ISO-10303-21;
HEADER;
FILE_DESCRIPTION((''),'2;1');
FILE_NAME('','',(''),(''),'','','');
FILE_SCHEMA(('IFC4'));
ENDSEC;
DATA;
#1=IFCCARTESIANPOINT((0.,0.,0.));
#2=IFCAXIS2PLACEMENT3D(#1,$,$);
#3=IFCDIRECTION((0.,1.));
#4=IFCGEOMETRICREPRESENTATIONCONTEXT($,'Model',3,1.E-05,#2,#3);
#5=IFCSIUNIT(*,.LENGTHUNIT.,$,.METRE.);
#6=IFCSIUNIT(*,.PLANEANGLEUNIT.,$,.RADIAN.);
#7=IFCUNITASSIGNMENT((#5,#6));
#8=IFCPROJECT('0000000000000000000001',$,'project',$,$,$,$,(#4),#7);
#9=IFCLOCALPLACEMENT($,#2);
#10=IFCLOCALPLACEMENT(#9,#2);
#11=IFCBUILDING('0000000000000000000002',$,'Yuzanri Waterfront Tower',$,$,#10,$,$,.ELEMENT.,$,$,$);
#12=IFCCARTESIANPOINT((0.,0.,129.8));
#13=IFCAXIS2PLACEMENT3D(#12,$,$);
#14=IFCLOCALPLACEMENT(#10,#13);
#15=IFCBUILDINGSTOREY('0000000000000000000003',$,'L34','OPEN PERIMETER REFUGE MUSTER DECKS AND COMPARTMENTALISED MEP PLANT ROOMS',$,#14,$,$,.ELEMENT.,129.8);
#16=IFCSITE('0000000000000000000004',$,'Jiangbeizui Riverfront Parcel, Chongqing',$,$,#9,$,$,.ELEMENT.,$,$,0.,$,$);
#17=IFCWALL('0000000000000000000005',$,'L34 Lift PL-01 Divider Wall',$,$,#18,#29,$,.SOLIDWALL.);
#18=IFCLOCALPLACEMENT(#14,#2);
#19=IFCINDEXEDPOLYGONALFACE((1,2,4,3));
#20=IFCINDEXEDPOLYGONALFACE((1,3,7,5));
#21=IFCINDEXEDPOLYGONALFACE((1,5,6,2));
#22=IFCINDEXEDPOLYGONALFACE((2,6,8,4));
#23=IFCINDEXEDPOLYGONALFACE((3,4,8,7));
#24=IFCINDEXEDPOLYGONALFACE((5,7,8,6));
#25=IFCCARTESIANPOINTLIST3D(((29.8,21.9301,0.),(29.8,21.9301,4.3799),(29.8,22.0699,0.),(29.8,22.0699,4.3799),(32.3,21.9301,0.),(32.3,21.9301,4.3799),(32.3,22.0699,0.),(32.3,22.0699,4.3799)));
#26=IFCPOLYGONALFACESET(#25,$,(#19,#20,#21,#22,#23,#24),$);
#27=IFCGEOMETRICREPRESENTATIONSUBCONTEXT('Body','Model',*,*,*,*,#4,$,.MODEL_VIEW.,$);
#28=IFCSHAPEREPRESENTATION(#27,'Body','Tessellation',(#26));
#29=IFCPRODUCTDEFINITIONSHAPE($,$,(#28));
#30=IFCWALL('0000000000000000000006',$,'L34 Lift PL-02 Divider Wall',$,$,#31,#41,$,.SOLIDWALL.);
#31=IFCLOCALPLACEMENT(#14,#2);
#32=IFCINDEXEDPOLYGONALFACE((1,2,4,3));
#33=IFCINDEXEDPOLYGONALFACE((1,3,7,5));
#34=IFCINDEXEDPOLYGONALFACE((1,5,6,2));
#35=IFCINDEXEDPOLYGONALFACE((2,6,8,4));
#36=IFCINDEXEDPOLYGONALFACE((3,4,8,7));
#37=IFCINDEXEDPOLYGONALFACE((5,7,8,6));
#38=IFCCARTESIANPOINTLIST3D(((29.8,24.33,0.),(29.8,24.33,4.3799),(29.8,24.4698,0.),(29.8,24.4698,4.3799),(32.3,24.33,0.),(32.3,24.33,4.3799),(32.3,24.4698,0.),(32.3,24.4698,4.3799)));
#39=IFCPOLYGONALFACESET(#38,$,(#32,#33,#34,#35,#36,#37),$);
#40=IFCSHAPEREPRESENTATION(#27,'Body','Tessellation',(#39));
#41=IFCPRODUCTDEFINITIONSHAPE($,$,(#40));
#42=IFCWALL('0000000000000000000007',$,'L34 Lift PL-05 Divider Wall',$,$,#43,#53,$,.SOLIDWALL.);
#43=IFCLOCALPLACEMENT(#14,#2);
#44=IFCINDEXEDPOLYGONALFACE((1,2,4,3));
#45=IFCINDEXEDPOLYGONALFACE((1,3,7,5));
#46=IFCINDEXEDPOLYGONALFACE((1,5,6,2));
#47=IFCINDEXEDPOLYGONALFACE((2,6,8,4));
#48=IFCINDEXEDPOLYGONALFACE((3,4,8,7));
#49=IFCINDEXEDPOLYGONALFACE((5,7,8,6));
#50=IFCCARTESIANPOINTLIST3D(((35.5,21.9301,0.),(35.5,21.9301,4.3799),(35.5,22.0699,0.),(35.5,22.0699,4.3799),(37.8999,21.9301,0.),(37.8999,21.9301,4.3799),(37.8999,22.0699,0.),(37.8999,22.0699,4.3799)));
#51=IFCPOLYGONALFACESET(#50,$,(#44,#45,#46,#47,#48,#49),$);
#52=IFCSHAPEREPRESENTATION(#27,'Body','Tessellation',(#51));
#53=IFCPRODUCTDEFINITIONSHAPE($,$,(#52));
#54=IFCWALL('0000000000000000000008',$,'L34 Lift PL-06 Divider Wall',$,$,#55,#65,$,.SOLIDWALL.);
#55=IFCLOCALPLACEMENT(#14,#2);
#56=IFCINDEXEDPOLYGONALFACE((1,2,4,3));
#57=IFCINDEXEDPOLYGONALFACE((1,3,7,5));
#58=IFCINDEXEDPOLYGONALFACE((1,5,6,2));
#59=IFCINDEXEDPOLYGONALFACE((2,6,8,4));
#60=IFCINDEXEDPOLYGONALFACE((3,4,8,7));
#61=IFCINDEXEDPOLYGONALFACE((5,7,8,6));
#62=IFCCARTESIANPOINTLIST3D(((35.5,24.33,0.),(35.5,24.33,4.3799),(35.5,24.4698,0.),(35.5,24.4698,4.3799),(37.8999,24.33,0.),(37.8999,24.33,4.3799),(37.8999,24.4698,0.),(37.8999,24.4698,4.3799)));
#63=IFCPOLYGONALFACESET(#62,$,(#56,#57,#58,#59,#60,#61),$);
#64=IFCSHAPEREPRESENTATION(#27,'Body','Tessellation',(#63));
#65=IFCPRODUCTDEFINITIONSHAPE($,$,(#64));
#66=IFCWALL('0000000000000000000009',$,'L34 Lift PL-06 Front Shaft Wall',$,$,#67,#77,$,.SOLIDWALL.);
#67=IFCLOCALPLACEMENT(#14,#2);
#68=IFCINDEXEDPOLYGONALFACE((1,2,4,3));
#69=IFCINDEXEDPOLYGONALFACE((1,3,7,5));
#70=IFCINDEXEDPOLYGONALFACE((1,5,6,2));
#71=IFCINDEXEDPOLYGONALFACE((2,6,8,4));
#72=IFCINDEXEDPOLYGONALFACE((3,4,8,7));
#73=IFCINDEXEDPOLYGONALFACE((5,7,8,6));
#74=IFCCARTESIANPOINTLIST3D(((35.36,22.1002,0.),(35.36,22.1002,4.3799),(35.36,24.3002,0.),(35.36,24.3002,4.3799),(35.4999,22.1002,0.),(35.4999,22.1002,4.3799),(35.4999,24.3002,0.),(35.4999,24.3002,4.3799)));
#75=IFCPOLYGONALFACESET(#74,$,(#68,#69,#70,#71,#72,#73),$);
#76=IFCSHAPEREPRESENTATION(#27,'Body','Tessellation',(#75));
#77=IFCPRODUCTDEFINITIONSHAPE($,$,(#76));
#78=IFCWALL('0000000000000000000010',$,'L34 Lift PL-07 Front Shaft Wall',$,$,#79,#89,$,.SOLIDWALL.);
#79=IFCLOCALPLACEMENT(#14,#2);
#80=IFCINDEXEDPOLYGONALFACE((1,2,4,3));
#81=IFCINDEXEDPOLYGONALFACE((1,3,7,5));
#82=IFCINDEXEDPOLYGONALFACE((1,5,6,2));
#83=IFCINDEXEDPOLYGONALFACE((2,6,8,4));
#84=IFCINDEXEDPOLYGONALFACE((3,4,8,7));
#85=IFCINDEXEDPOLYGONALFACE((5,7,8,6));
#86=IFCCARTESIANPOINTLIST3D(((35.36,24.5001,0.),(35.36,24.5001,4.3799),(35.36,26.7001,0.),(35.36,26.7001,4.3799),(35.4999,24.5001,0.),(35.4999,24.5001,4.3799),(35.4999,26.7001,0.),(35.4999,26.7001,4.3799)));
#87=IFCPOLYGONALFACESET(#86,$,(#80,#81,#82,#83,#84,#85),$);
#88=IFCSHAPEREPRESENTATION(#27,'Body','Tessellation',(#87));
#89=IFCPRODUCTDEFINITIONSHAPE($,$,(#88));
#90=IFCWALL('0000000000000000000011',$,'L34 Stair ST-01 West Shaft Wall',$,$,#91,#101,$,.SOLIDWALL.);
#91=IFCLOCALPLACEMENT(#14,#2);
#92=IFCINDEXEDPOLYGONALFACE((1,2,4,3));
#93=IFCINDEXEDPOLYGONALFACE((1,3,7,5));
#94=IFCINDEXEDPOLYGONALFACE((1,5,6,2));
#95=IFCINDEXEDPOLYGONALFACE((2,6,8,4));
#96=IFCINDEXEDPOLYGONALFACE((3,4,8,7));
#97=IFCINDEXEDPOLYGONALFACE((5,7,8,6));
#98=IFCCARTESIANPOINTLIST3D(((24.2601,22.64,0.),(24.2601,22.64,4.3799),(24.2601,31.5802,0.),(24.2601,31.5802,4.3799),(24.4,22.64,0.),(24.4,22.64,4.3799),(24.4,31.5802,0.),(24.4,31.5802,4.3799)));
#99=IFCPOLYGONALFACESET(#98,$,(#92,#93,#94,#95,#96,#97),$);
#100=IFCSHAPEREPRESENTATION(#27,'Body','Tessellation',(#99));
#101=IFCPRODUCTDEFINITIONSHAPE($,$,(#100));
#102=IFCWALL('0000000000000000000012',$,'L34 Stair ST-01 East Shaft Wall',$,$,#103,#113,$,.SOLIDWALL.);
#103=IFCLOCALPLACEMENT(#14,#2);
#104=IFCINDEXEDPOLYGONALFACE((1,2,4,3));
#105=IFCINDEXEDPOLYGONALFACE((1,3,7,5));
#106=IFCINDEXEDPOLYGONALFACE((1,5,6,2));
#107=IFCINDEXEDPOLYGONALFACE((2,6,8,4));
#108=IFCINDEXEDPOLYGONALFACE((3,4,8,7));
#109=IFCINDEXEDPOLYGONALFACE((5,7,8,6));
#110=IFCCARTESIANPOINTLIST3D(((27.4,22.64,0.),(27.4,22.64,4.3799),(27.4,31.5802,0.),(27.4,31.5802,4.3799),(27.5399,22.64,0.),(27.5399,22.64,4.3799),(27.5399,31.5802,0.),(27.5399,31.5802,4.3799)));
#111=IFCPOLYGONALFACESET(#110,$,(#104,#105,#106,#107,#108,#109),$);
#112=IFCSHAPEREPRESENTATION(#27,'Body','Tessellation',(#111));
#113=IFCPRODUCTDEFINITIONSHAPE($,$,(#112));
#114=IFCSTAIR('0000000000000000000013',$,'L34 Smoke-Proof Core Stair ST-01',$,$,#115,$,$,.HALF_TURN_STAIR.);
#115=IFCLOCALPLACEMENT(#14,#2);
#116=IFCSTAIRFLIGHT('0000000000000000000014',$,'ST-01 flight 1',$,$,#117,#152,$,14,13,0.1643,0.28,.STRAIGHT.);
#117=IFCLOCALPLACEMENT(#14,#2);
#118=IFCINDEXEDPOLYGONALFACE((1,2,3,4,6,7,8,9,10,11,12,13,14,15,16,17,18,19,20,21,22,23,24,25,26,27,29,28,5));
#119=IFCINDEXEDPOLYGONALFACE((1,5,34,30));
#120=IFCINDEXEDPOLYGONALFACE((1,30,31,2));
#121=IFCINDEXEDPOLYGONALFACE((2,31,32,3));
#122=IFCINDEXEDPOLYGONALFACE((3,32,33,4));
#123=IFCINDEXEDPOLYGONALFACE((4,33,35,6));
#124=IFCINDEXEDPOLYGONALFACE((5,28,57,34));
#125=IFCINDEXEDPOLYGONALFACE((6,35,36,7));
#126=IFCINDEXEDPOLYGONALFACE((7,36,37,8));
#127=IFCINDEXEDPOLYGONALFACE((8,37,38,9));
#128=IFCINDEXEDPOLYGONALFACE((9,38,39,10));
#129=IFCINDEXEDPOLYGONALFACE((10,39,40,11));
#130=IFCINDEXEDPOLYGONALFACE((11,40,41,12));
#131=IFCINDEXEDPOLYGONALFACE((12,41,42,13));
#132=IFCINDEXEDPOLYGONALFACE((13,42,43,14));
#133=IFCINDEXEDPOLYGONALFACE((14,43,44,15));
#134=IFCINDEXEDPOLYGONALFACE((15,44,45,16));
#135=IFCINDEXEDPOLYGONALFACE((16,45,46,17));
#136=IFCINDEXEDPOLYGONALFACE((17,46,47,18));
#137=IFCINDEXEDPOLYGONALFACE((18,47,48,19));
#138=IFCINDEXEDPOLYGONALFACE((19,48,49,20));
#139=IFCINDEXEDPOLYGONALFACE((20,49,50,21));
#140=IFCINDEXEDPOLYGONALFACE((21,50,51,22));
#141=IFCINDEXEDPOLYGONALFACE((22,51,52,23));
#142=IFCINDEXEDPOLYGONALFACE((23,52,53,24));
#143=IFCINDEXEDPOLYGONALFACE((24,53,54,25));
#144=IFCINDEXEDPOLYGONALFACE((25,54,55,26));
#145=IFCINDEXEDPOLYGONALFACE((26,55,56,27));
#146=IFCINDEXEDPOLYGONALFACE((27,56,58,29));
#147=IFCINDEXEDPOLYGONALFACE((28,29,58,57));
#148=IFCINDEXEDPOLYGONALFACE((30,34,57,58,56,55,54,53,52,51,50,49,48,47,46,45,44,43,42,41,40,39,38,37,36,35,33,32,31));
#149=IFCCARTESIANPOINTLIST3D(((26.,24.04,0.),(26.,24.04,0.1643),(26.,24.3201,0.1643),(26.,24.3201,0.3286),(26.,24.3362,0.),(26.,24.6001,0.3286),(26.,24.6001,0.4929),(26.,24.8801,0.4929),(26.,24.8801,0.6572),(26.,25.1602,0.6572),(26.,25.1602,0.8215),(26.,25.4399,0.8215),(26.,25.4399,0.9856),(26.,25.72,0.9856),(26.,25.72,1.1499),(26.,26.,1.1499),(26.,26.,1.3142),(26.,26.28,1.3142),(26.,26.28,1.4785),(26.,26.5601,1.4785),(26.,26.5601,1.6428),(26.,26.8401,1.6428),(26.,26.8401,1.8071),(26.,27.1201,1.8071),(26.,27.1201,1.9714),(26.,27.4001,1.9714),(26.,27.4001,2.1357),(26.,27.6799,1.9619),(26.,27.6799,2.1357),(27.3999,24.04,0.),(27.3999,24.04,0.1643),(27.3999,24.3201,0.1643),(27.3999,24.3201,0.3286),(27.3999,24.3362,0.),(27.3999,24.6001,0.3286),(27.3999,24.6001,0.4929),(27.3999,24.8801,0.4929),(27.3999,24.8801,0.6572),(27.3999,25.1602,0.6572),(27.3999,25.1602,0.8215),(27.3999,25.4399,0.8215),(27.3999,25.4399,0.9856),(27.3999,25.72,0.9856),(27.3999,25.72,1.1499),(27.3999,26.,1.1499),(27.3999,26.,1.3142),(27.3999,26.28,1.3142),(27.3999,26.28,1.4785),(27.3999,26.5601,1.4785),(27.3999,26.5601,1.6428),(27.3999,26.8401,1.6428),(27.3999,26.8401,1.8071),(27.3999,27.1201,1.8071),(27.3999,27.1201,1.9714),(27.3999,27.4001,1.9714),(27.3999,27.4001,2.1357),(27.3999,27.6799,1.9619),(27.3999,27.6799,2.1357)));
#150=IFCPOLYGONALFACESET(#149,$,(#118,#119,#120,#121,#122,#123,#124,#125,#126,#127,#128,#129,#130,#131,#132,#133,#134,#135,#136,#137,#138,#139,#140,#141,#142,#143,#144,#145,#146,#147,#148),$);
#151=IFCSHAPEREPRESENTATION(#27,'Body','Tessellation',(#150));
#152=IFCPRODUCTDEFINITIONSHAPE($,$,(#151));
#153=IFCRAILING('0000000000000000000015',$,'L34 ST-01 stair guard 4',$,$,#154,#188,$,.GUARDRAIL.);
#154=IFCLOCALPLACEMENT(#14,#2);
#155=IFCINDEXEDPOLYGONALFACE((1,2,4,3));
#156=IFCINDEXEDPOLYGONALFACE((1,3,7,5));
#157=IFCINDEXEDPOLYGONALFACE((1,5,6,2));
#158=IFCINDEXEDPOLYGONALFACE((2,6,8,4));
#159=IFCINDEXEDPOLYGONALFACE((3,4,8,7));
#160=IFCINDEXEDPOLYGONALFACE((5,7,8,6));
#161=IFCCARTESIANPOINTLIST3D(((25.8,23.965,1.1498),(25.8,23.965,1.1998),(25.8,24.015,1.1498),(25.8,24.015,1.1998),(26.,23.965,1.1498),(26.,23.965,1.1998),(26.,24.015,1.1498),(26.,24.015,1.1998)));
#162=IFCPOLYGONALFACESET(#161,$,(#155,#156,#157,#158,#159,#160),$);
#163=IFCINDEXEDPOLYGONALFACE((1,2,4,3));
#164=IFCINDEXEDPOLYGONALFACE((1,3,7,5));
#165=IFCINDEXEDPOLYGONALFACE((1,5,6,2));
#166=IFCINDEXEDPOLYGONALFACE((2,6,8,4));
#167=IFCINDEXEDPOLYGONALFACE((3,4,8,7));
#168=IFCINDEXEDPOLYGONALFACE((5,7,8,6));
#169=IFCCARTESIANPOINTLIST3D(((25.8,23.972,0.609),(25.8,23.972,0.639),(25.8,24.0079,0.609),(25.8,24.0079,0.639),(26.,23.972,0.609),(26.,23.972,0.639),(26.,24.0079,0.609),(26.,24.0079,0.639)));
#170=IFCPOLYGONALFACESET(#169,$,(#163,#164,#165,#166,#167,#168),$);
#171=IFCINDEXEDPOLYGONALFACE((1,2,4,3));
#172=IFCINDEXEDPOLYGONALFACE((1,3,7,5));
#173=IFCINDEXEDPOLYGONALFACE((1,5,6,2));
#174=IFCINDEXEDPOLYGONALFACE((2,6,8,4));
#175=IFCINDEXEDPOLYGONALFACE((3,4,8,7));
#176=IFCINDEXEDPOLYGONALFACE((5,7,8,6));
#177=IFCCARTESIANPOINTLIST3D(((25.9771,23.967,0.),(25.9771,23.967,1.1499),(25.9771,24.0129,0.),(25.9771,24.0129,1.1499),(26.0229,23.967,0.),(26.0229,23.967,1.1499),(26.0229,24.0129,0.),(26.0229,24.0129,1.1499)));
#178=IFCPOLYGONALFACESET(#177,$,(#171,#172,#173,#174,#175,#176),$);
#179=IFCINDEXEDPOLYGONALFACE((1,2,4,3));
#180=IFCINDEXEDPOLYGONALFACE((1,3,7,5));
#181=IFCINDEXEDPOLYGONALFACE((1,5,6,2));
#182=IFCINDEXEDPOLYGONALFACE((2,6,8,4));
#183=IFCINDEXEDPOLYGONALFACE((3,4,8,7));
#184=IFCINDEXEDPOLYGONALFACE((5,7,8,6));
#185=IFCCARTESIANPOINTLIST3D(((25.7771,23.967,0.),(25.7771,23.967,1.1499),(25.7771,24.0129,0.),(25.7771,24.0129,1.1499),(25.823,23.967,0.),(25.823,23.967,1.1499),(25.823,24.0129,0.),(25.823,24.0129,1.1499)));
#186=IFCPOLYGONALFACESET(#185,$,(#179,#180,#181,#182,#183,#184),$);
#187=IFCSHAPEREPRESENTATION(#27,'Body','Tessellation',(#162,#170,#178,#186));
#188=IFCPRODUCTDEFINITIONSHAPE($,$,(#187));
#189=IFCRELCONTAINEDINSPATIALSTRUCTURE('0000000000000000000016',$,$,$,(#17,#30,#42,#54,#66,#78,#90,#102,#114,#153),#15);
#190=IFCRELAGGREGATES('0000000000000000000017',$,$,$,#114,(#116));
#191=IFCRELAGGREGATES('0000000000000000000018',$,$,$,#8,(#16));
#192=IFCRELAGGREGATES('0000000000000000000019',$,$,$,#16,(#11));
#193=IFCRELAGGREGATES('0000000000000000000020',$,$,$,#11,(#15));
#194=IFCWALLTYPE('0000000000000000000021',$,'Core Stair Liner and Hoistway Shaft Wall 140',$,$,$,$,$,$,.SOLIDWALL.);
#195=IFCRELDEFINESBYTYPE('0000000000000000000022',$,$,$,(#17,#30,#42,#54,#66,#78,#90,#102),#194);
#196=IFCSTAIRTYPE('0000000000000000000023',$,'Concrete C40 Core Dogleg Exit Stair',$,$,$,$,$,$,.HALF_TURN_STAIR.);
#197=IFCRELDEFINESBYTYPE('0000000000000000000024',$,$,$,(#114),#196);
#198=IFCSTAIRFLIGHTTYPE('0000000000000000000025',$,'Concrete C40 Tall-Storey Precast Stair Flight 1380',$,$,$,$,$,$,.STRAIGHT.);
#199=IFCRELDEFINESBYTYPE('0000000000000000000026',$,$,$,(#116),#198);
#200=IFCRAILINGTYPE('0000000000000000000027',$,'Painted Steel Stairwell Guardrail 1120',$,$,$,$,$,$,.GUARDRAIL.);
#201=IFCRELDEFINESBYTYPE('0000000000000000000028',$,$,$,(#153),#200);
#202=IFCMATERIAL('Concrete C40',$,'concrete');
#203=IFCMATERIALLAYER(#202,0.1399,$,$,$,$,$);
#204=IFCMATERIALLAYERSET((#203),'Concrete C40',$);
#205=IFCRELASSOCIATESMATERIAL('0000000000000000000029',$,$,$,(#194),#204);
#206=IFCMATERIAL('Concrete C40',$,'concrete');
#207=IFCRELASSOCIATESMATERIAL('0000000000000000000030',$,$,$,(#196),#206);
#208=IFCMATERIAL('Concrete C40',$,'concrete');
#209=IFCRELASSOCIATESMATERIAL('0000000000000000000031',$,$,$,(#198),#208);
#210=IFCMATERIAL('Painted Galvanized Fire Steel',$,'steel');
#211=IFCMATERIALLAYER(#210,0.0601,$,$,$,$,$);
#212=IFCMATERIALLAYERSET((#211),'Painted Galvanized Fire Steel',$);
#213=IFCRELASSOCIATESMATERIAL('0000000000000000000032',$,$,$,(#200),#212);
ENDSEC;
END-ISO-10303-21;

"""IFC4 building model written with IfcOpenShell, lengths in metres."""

from ifc_helpers import new_model, si_unit, direction, frame, frame_2d, origin, origin_2d, place, context, subcontext, project, spatial, polyline, rectangle, outline, extrude, source, transform, mapped, material, layer, layer_set, type_object, element, aggregate, save


model = new_model("IFC4")

# Units and contexts
model_context = context("Model", 3, precision=1e-05, world=origin(), true_north=direction((0.0, 1.0)))
body_context = subcontext(model_context, "Body", "Model", "MODEL_VIEW")
ifc_project = project(units=[si_unit("LENGTHUNIT", "METRE"), si_unit("PLANEANGLEUNIT", "RADIAN")], contexts=[model_context])

# Site, building, storey
site_placement = place(None, origin())
site = spatial("IfcSite", under=ifc_project, at=site_placement, Name="Jiangbeizui Riverfront Parcel, Chongqing", CompositionType="ELEMENT", RefElevation=0.0)
building_placement = place(site_placement, origin())
building = spatial("IfcBuilding", under=site, at=building_placement, Name="Yuzanri Waterfront Tower", CompositionType="ELEMENT")
storey_placement = place(building_placement, frame((0.0, 0.0, 129.8)))
storey = spatial("IfcBuildingStorey", under=building, at=storey_placement, Name="L34", Description="OPEN PERIMETER REFUGE MUSTER DECKS AND COMPARTMENTALISED MEP PLANT ROOMS", CompositionType="ELEMENT", Elevation=129.8)

# Shared definitions
ifc_material_1 = material(Name="Concrete C40", Category="concrete")
ifc_layer_1 = layer(ifc_material_1, 0.1399)
ifc_layer_set_1 = layer_set([ifc_layer_1], Name="Concrete C40")
wall_type = type_object("IfcWallType", Name="Core Stair Liner and Hoistway Shaft Wall 140", PredefinedType="SOLIDWALL", material=ifc_layer_set_1)

# Walls
shared_shape_1 = source(origin(), body_context, "Body", "SweptSolid", [
    extrude(rectangle(XDim=2.5, YDim=0.1399, at=frame_2d((1.25, 0.0))), origin(), (0.0, 0.0, 1.0), 4.3799),
])
for number, where, z_axis, x_axis, name in (
    (1, (29.8, 22.0, 0.0), (0.0, 0.0, 1.0), (1.0, 0.0, 0.0), "L34 Lift PL-01 Divider Wall"),
    (2, (29.8, 24.3999, 0.0), (0.0, 0.0, 1.0), (1.0, 0.0, 0.0), "L34 Lift PL-02 Divider Wall"),
):
    element("IfcWall", number, at=place(storey_placement, frame(where, z_axis=z_axis, x_axis=x_axis)), inside=storey, type_object=wall_type, Name=name, PredefinedType="SOLIDWALL", context=body_context, shape_type="MappedRepresentation", body=[
        mapped(shared_shape_1, transform((0.0, 0.0, 0.0), scale=1.0)),
    ])
shared_shape_2 = source(origin(), body_context, "Body", "SweptSolid", [
    extrude(rectangle(XDim=2.3999, YDim=0.1399, at=frame_2d((1.2, 0.0))), origin(), (0.0, 0.0, 1.0), 4.3799),
])
for number, where, z_axis, x_axis, name in (
    (3, (35.5, 22.0, 0.0), (0.0, 0.0, 1.0), (1.0, 0.0, 0.0), "L34 Lift PL-05 Divider Wall"),
    (4, (35.5, 24.3999, 0.0), (0.0, 0.0, 1.0), (1.0, 0.0, 0.0), "L34 Lift PL-06 Divider Wall"),
):
    element("IfcWall", number, at=place(storey_placement, frame(where, z_axis=z_axis, x_axis=x_axis)), inside=storey, type_object=wall_type, Name=name, PredefinedType="SOLIDWALL", context=body_context, shape_type="MappedRepresentation", body=[
        mapped(shared_shape_2, transform((0.0, 0.0, 0.0), scale=1.0)),
    ])
shared_shape_3 = source(origin(), body_context, "Body", "SweptSolid", [
    extrude(rectangle(XDim=2.2, YDim=0.1399, at=frame_2d((1.1001, 0.0))), origin(), (0.0, 0.0, 1.0), 4.3799),
])
for number, where, z_axis, x_axis, name in (
    (5, (35.4299, 22.1001, 0.0), (0.0, 0.0, 1.0), (0.0, 1.0, 0.0), "L34 Lift PL-06 Front Shaft Wall"),
    (6, (35.4299, 24.5, 0.0), (0.0, 0.0, 1.0), (0.0, 1.0, 0.0), "L34 Lift PL-07 Front Shaft Wall"),
):
    element("IfcWall", number, at=place(storey_placement, frame(where, z_axis=z_axis, x_axis=x_axis)), inside=storey, type_object=wall_type, Name=name, PredefinedType="SOLIDWALL", context=body_context, shape_type="MappedRepresentation", body=[
        mapped(shared_shape_3, transform((0.0, 0.0, 0.0), scale=1.0)),
    ])
shared_shape_4 = source(origin(), body_context, "Body", "SweptSolid", [
    extrude(rectangle(XDim=8.9402, YDim=0.1399, at=frame_2d((4.4702, 0.0))), origin(), (0.0, 0.0, 1.0), 4.3799),
])
for number, where, z_axis, x_axis, name in (
    (7, (24.3301, 22.6399, 0.0), (0.0, 0.0, 1.0), (0.0, 1.0, 0.0), "L34 Stair ST-01 West Shaft Wall"),
    (8, (27.47, 22.6399, 0.0), (0.0, 0.0, 1.0), (0.0, 1.0, 0.0), "L34 Stair ST-01 East Shaft Wall"),
):
    element("IfcWall", number, at=place(storey_placement, frame(where, z_axis=z_axis, x_axis=x_axis)), inside=storey, type_object=wall_type, Name=name, PredefinedType="SOLIDWALL", context=body_context, shape_type="MappedRepresentation", body=[
        mapped(shared_shape_4, transform((0.0, 0.0, 0.0), scale=1.0)),
    ])

# Stair, stair flight
ifc_material_2 = material(Name="Concrete C40", Category="concrete")
stair_type = type_object("IfcStairType", Name="Concrete C40 Core Dogleg Exit Stair", PredefinedType="HALF_TURN_STAIR", material=ifc_material_2)
stair_placement = place(storey_placement, origin())
stair = element("IfcStair", 9, at=stair_placement, inside=storey, type_object=stair_type, Name="L34 Smoke-Proof Core Stair ST-01", PredefinedType="HALF_TURN_STAIR")
ifc_material_3 = material(Name="Concrete C40", Category="concrete")
stair_flight_type = type_object("IfcStairFlightType", Name="Concrete C40 Tall-Storey Precast Stair Flight 1380", PredefinedType="STRAIGHT", material=ifc_material_3)
shared_shape_5 = source(origin(), body_context, "Body", "SweptSolid", [
    extrude(outline(polyline([(0.0, 0.0), (0.0, 0.1643), (0.28, 0.1643), (0.28, 0.3286), (0.5601, 0.3286), (0.5601, 0.4929), (0.8401, 0.4929), (0.8401, 0.6572), (1.1201, 0.6572), (1.1201, 0.8215), (1.3999, 0.8215), (1.3999, 0.9856), (1.6799, 0.9856), (1.6799, 1.1499), (1.96, 1.1499), (1.96, 1.3142), (2.24, 1.3142), (2.24, 1.4785), (2.52, 1.4785), (2.52, 1.6428), (2.8, 1.6428), (2.8, 1.8071), (3.0801, 1.8071), (3.0801, 1.9714), (3.3601, 1.9714), (3.3601, 2.1357), (3.6399, 2.1357), (3.6399, 2.3), (3.6399, 1.9619), (0.2961, 0.0), (0.0, 0.0)])), frame((0.0, 0.7, 0.0), z_axis=(0.0, -1.0, 0.0), x_axis=(1.0, 0.0, 0.0)), (0.0, 0.0, 1.0), 1.3999),
])
stair_flight_placement = place(storey_placement, frame((26.7, 24.04, 0.0), z_axis=(0.0, 0.0, 1.0), x_axis=(0.0, 1.0, 0.0)))
stair_flight = element("IfcStairFlight", 10, at=stair_flight_placement, type_object=stair_flight_type, Name="ST-01 flight 1", NumberOfRisers=14, NumberOfTreads=13, PredefinedType="STRAIGHT", RiserHeight=0.1643, TreadLength=0.28, context=body_context, shape_type="MappedRepresentation", body=[
    mapped(shared_shape_5, transform((0.0, 0.0, 0.0), scale=1.0)),
])
aggregate(stair, [stair_flight])

# Railing
ifc_material_4 = material(Name="Painted Galvanized Fire Steel", Category="steel")
ifc_layer_2 = layer(ifc_material_4, 0.0601)
ifc_layer_set_2 = layer_set([ifc_layer_2], Name="Painted Galvanized Fire Steel")
railing_type_1 = type_object("IfcRailingType", Name="Painted Steel Stairwell Guardrail 1120", PredefinedType="GUARDRAIL", material=ifc_layer_set_2)
shared_shape_6 = source(origin(), body_context, "Body", "SweptSolid", [
    extrude(rectangle(XDim=0.05, YDim=0.05, at=origin_2d()), frame((0.0, 0.0, 1.1748), z_axis=(-1.0, 0.0, 0.0), x_axis=(0.0, -1.0, 0.0)), (0.0, 0.0, 1.0), 0.2),
    extrude(rectangle(XDim=0.0359, YDim=0.03, at=origin_2d()), frame((0.0, 0.0, 0.624), z_axis=(-1.0, 0.0, 0.0), x_axis=(0.0, -1.0, 0.0)), (0.0, 0.0, 1.0), 0.2),
    extrude(rectangle(XDim=0.0459, YDim=0.0459, at=origin_2d()), origin(), (0.0, 0.0, 1.0), 1.1499),
    extrude(rectangle(XDim=0.0459, YDim=0.0459, at=origin_2d()), frame((-0.2, 0.0, 0.0)), (0.0, 0.0, 1.0), 1.1499),
])
railing_1_placement = place(storey_placement, frame((26.0, 23.99, 0.0)))
element("IfcRailing", 11, at=railing_1_placement, inside=storey, type_object=railing_type_1, Name="L34 ST-01 stair guard 4", PredefinedType="GUARDRAIL", context=body_context, shape_type="MappedRepresentation", body=[
    mapped(shared_shape_6, transform((0.0, 0.0, 0.0), scale=1.0)),
])

save(model, "model.ifc")
